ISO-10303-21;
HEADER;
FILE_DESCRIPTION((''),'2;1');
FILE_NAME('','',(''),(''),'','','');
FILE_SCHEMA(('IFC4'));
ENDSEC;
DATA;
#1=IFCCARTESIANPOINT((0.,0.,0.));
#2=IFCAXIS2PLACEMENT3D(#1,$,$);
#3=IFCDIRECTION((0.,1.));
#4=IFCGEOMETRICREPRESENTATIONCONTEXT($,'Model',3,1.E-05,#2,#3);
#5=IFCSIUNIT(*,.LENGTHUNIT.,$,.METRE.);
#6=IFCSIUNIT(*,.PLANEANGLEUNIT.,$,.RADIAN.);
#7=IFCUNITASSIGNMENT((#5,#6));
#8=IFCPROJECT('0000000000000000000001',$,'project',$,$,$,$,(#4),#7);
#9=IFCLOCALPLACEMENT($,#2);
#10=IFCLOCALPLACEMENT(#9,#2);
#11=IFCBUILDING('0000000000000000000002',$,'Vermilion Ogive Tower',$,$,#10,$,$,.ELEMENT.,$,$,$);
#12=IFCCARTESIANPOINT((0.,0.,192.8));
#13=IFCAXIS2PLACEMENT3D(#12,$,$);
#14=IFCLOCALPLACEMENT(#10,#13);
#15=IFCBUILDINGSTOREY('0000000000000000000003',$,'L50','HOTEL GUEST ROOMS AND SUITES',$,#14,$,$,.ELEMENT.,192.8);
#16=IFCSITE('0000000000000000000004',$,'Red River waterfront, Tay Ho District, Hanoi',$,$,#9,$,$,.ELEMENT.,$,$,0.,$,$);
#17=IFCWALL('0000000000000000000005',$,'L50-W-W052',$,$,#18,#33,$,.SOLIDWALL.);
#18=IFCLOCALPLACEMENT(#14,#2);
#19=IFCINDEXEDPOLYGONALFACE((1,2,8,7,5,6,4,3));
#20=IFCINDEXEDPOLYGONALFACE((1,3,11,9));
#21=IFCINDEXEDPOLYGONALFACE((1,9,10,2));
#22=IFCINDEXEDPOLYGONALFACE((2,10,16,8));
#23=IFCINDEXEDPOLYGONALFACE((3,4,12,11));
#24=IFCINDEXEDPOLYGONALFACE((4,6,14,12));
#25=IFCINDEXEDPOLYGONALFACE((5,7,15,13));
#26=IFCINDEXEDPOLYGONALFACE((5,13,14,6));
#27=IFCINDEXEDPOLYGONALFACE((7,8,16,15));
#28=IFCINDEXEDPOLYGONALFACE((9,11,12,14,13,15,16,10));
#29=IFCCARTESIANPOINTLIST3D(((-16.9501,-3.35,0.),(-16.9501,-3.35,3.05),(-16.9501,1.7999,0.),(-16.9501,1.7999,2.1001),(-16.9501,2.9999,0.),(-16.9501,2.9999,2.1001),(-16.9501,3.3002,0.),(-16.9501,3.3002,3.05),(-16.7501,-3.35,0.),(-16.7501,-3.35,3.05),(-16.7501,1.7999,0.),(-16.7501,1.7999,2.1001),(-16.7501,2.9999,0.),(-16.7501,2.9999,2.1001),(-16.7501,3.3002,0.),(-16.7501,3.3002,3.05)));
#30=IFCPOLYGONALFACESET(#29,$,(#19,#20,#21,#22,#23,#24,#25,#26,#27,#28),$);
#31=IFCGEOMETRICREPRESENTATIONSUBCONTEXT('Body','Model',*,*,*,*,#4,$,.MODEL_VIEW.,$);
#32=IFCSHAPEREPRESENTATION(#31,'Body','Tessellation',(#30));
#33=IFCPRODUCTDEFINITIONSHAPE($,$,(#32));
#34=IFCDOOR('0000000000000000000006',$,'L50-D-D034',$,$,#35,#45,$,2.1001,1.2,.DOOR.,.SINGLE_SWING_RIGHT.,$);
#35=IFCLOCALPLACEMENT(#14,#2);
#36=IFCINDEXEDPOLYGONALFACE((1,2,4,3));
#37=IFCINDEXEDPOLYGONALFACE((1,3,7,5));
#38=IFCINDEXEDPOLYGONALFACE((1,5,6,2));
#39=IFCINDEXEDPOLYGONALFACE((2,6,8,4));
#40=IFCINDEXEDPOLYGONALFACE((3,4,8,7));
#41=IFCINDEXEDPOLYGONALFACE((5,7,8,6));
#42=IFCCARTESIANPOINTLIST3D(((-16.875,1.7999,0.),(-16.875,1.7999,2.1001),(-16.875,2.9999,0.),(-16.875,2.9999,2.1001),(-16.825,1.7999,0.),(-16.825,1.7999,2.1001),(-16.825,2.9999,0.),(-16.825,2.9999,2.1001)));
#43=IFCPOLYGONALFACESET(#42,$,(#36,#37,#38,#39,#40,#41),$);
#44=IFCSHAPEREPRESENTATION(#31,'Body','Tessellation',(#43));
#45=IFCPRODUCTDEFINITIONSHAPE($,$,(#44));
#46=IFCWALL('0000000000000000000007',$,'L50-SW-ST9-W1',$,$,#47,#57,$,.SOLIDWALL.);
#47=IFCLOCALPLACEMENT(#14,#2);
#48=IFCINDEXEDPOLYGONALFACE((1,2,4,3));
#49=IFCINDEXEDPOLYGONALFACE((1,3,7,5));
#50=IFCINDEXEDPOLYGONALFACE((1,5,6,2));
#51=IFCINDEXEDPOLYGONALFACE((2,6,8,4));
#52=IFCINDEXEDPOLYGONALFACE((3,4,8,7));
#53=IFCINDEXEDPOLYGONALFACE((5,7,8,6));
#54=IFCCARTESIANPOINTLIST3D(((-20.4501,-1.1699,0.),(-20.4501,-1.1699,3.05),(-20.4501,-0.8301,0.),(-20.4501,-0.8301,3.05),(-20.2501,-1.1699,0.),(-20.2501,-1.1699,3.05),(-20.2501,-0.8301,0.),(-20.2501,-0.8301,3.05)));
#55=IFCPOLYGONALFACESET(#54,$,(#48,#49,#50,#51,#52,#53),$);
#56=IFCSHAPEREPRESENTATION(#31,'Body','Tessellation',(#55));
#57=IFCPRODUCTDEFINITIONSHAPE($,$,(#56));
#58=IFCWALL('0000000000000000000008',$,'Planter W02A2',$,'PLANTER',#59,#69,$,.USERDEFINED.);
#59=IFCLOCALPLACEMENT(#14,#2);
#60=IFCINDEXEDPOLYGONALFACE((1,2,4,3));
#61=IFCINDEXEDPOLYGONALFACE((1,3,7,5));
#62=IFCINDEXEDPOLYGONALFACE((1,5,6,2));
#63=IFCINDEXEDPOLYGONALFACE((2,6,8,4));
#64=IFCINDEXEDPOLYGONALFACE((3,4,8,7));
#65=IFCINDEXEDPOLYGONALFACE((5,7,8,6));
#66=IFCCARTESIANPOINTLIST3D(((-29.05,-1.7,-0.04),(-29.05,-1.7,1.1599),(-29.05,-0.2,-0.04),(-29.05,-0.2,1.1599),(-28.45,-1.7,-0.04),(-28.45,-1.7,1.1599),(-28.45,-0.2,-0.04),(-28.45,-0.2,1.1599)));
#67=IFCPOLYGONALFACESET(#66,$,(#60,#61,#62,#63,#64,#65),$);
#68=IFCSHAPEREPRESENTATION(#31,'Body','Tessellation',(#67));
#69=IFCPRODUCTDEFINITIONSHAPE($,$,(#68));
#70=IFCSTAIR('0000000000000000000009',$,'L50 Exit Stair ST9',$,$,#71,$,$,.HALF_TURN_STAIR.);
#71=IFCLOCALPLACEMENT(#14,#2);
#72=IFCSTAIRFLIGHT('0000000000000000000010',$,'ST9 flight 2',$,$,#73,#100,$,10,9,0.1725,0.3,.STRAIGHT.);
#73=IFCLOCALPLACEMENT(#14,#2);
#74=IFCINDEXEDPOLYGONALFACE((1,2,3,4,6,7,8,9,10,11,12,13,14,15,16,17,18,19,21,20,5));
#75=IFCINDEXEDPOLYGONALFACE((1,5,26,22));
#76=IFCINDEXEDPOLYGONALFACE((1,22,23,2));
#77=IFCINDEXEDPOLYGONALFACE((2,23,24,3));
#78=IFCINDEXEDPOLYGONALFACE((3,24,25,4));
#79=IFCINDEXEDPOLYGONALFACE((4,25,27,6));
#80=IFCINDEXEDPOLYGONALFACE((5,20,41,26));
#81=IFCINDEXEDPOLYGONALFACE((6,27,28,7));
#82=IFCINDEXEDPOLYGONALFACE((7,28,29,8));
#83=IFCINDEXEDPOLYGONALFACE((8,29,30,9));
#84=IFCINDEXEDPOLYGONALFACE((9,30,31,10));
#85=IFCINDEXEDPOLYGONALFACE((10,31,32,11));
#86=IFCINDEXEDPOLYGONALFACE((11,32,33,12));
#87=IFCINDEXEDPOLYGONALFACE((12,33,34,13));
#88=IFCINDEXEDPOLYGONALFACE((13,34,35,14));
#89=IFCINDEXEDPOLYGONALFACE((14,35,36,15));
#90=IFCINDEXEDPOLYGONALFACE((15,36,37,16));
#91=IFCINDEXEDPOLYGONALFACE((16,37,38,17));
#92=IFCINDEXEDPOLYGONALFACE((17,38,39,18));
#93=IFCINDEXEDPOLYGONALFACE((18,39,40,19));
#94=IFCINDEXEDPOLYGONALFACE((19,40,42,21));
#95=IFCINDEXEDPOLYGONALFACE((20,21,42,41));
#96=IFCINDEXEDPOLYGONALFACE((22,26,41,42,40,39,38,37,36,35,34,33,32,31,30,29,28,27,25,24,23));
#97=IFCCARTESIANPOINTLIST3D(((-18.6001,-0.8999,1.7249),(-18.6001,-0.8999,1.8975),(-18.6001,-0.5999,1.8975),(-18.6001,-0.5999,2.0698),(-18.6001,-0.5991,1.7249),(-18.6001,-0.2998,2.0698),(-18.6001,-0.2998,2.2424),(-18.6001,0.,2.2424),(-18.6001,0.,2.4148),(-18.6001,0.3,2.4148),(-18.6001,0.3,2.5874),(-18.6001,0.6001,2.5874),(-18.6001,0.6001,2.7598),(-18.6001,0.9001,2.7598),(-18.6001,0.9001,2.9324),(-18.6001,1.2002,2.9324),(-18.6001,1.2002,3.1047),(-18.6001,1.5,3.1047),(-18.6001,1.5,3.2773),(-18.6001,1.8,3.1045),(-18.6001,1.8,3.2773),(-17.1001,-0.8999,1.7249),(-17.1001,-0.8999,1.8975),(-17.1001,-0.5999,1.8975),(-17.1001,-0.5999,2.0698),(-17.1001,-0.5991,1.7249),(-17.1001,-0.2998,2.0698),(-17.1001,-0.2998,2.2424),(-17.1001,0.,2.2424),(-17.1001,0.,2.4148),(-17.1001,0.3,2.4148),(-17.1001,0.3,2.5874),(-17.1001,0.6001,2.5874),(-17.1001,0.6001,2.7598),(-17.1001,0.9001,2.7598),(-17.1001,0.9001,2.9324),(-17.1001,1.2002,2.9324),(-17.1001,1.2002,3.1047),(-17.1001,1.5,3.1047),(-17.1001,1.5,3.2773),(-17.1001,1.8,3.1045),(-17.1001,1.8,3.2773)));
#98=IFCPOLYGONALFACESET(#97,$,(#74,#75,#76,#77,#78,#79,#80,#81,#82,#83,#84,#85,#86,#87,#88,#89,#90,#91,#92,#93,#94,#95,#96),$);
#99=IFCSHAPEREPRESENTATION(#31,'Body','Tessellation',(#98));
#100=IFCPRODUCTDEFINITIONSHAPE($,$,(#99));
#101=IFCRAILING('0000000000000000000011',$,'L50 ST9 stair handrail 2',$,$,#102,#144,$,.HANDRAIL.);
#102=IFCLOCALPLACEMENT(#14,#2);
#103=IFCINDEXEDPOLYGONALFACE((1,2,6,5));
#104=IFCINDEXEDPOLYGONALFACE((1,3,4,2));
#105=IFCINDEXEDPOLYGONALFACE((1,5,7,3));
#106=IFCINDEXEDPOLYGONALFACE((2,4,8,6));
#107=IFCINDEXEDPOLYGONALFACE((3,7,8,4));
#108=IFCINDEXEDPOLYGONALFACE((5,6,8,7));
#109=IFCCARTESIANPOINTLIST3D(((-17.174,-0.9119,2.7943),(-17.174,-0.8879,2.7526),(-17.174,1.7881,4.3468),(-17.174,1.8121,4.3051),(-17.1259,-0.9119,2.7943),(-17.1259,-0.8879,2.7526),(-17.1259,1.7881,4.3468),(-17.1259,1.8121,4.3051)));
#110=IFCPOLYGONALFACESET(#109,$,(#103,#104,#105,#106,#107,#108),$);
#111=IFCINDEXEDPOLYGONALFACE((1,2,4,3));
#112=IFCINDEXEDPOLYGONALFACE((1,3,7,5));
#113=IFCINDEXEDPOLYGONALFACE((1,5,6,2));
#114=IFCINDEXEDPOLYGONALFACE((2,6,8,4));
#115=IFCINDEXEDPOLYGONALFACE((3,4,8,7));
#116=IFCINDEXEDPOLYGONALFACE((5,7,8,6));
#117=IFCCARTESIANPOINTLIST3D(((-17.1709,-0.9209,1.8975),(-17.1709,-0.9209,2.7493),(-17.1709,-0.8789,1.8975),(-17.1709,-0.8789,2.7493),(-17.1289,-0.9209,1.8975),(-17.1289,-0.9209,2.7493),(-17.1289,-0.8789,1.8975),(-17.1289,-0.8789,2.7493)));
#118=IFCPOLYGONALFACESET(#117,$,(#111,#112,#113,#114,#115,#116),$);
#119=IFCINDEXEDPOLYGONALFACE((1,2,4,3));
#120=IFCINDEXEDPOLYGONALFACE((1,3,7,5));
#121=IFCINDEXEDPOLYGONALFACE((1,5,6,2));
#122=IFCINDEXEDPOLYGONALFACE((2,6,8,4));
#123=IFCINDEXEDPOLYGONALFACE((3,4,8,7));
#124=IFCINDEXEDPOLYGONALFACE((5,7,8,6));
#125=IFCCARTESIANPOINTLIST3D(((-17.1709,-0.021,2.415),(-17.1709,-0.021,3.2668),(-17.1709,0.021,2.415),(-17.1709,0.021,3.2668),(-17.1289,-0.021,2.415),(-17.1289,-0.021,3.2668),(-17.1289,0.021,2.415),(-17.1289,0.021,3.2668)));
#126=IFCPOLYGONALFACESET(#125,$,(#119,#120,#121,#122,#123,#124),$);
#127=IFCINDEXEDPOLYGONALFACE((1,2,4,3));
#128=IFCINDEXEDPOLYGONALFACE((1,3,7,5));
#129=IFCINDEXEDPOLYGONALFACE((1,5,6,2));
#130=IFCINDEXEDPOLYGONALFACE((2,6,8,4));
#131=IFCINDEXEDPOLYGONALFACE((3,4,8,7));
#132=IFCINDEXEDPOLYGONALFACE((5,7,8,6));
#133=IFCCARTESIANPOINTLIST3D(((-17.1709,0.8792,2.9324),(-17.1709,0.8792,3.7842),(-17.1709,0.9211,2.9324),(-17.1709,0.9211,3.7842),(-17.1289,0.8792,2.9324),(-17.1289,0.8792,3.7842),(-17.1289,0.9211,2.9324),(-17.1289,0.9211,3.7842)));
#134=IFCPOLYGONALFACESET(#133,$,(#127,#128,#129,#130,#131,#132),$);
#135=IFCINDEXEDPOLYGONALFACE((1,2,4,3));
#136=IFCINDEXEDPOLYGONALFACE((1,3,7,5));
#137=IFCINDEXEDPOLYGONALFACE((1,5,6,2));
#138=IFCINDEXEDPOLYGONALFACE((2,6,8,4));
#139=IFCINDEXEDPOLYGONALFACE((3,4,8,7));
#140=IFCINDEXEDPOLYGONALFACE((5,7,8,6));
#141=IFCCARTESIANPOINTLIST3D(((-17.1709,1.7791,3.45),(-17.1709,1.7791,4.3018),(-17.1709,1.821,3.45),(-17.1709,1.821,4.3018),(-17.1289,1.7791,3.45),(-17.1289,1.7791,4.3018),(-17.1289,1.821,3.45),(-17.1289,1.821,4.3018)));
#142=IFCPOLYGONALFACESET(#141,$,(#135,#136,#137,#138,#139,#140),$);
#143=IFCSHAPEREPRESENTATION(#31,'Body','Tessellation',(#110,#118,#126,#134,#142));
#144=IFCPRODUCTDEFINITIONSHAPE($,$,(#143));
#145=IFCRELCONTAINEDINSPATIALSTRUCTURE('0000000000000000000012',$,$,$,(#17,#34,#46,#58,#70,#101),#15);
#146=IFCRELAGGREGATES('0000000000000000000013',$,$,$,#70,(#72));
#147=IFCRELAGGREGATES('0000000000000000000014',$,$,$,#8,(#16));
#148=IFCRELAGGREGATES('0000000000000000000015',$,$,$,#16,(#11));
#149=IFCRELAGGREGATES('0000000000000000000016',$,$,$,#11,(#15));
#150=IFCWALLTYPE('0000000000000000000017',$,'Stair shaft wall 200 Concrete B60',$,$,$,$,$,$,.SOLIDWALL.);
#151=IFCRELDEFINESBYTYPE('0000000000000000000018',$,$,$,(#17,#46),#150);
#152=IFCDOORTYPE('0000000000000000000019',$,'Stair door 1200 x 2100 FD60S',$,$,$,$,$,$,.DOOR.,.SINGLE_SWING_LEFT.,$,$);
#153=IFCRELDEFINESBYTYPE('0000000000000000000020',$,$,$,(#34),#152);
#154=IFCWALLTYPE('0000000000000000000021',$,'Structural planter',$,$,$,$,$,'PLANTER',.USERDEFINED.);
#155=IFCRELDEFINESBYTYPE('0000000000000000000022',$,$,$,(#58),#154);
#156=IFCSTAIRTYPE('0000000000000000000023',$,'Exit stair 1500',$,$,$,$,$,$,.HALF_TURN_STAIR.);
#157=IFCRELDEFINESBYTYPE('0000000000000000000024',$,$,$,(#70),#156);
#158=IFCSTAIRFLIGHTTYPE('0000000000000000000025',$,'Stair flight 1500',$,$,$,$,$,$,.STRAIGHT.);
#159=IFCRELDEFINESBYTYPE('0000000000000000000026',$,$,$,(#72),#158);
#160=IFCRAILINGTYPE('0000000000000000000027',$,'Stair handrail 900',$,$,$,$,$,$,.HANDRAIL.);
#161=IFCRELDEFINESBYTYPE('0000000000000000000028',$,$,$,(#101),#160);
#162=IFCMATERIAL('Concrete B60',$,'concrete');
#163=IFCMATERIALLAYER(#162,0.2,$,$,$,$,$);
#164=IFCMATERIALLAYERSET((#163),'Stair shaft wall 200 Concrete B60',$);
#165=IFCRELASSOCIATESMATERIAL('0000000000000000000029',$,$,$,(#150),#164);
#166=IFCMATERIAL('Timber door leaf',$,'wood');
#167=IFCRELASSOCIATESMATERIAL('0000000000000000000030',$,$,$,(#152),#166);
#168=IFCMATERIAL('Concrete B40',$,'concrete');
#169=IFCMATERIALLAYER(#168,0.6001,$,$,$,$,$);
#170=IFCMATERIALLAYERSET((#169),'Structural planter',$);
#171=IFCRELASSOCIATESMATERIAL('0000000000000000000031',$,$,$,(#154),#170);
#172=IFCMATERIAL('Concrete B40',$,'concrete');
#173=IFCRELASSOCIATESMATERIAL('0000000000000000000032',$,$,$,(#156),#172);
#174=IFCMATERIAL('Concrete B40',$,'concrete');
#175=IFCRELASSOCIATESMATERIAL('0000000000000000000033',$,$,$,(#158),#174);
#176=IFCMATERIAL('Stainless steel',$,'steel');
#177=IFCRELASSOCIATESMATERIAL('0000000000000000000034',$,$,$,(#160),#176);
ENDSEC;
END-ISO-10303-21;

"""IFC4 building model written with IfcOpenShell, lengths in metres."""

from ifc_helpers import new_model, si_unit, direction, frame, frame_2d, origin, origin_2d, place, context, subcontext, project, spatial, polyline, rectangle, outline, extrude, material, layer, layer_set, type_object, element, fill, aggregate, save


model = new_model("IFC4")

# Units and contexts
model_context = context("Model", 3, precision=1e-05, world=origin(), true_north=direction((0.0, 1.0)))
body_context = subcontext(model_context, "Body", "Model", "MODEL_VIEW")
ifc_project = project(units=[si_unit("LENGTHUNIT", "METRE"), si_unit("PLANEANGLEUNIT", "RADIAN")], contexts=[model_context])

# Site, building, storey
site_placement = place(None, origin())
site = spatial("IfcSite", under=ifc_project, at=site_placement, Name="Red River waterfront, Tay Ho District, Hanoi", CompositionType="ELEMENT", RefElevation=0.0)
building_placement = place(site_placement, origin())
building = spatial("IfcBuilding", under=site, at=building_placement, Name="Vermilion Ogive Tower", CompositionType="ELEMENT")
storey_placement = place(building_placement, frame((0.0, 0.0, 192.8)))
storey = spatial("IfcBuildingStorey", under=building, at=storey_placement, Name="L50", Description="HOTEL GUEST ROOMS AND SUITES", CompositionType="ELEMENT", Elevation=192.8)

# Shared definitions
ifc_material_1 = material(Name="Concrete B60", Category="concrete")
ifc_layer_1 = layer(ifc_material_1, 0.2)
ifc_layer_set_1 = layer_set([ifc_layer_1], Name="Stair shaft wall 200 Concrete B60")
wall_type_1 = type_object("IfcWallType", Name="Stair shaft wall 200 Concrete B60", PredefinedType="SOLIDWALL", material=ifc_layer_set_1)

# Wall, opening, door
wall_1_placement = place(storey_placement, frame((-16.8501, -3.3501, 0.0), z_axis=(0.0, 0.0, 1.0), x_axis=(0.0, 1.0, 0.0)))
wall_1 = element("IfcWall", 1, at=wall_1_placement, inside=storey, type_object=wall_type_1, Name="L50-W-W052", PredefinedType="SOLIDWALL", context=body_context, shape_type="SweptSolid", body=[
    extrude(rectangle(XDim=6.6501, YDim=0.2, at=frame_2d((3.3252, 0.0))), origin(), (0.0, 0.0, 1.0), 3.05),
])
opening_1_placement = place(wall_1_placement, frame((5.1499, 0.0, 0.0)))
opening_1 = element("IfcOpeningElement", 2, at=opening_1_placement, cuts=wall_1, PredefinedType="OPENING", context=body_context, shape_type="SweptSolid", body=[
    extrude(rectangle(XDim=1.2, YDim=2.1001, at=frame_2d((0.6001, 1.05))), frame((0.0, 0.1099, 0.0), z_axis=(0.0, -1.0, 0.0), x_axis=(1.0, 0.0, 0.0)), (0.0, 0.0, 1.0), 0.22),
])
ifc_material_2 = material(Name="Timber door leaf", Category="wood")
door_type_1 = type_object("IfcDoorType", Name="Stair door 1200 x 2100 FD60S", OperationType="SINGLE_SWING_LEFT", PredefinedType="DOOR", material=ifc_material_2)
door_1_placement = place(opening_1_placement, origin())
door_1 = element("IfcDoor", 3, at=door_1_placement, inside=storey, type_object=door_type_1, Name="L50-D-D034", OperationType="SINGLE_SWING_RIGHT", OverallHeight=2.1001, OverallWidth=1.2, PredefinedType="DOOR", context=body_context, shape_type="SweptSolid", body=[
    extrude(rectangle(XDim=1.2, YDim=2.1001, at=frame_2d((0.6001, 1.05))), frame((0.0, 0.0249, 0.0), z_axis=(0.0, -1.0, 0.0), x_axis=(1.0, 0.0, 0.0)), (0.0, 0.0, 1.0), 0.05),
])
fill(opening_1, door_1)

# Walls
wall_2_placement = place(storey_placement, frame((-20.3501, -1.1699, 0.0), z_axis=(0.0, 0.0, 1.0), x_axis=(0.0, 1.0, 0.0)))
element("IfcWall", 4, at=wall_2_placement, inside=storey, type_object=wall_type_1, Name="L50-SW-ST9-W1", PredefinedType="SOLIDWALL", context=body_context, shape_type="SweptSolid", body=[
    extrude(rectangle(XDim=0.3398, YDim=0.2, at=frame_2d((0.1699, 0.0))), origin(), (0.0, 0.0, 1.0), 3.05),
])
ifc_material_3 = material(Name="Concrete B40", Category="concrete")
ifc_layer_2 = layer(ifc_material_3, 0.6001)
ifc_layer_set_2 = layer_set([ifc_layer_2], Name="Structural planter")
wall_type_2 = type_object("IfcWallType", Name="Structural planter", ElementType="PLANTER", PredefinedType="USERDEFINED", material=ifc_layer_set_2)
wall_3_placement = place(storey_placement, frame((-28.75, -0.2, -0.04), z_axis=(0.0, 0.0, 1.0), x_axis=(0.0, -1.0, 0.0)))
element("IfcWall", 5, at=wall_3_placement, inside=storey, type_object=wall_type_2, Name="Planter W02A2", ObjectType="PLANTER", PredefinedType="USERDEFINED", context=body_context, shape_type="SweptSolid", body=[
    extrude(rectangle(XDim=1.5, YDim=0.6001, at=frame_2d((0.75, 0.0))), origin(), (0.0, 0.0, 1.0), 1.2),
])

# Stair, stair flight
ifc_material_4 = material(Name="Concrete B40", Category="concrete")
stair_type = type_object("IfcStairType", Name="Exit stair 1500", PredefinedType="HALF_TURN_STAIR", material=ifc_material_4)
stair_placement = place(storey_placement, origin())
stair = element("IfcStair", 6, at=stair_placement, inside=storey, type_object=stair_type, Name="L50 Exit Stair ST9", PredefinedType="HALF_TURN_STAIR")
ifc_material_5 = material(Name="Concrete B40", Category="concrete")
stair_flight_type = type_object("IfcStairFlightType", Name="Stair flight 1500", PredefinedType="STRAIGHT", material=ifc_material_5)
stair_flight_placement = place(storey_placement, frame((-17.8501, -0.8999, 1.7249), z_axis=(0.0, 0.0, 1.0), x_axis=(0.0, 1.0, 0.0)))
stair_flight = element("IfcStairFlight", 7, at=stair_flight_placement, type_object=stair_flight_type, Name="ST9 flight 2", NumberOfRisers=10, NumberOfTreads=9, PredefinedType="STRAIGHT", RiserHeight=0.1725, TreadLength=0.3, context=body_context, shape_type="SweptSolid", body=[
    extrude(outline(polyline([(0.0, 0.0), (0.0, 0.1726), (0.3, 0.1726), (0.3, 0.345), (0.6001, 0.345), (0.6001, 0.5176), (0.8999, 0.5176), (0.8999, 0.6899), (1.2, 0.6899), (1.2, 0.8625), (1.5, 0.8625), (1.5, 1.0349), (1.8, 1.0349), (1.8, 1.2075), (2.1001, 1.2075), (2.1001, 1.3799), (2.3999, 1.3799), (2.3999, 1.5525), (2.7, 1.5525), (2.7, 1.7251), (2.7, 1.3796), (0.3008, 0.0), (0.0, 0.0)])), frame((0.0, 0.75, 0.0), z_axis=(0.0, -1.0, 0.0), x_axis=(1.0, 0.0, 0.0)), (0.0, 0.0, 1.0), 1.5),
])
aggregate(stair, [stair_flight])

# Railing
ifc_material_6 = material(Name="Stainless steel", Category="steel")
railing_type = type_object("IfcRailingType", Name="Stair handrail 900", PredefinedType="HANDRAIL", material=ifc_material_6)
railing_placement = place(storey_placement, frame((-17.1499, -0.8999, 1.8975)))
element("IfcRailing", 8, at=railing_placement, inside=storey, type_object=railing_type, Name="L50 ST9 stair handrail 2", PredefinedType="HANDRAIL", context=body_context, shape_type="SweptSolid", body=[
    extrude(rectangle(XDim=0.0481, YDim=0.0481, at=origin_2d()), frame((0.0, 0.0, 0.876), z_axis=(0.0, 0.866904, 0.498476), x_axis=(-1.0, 0.0, 0.0)), (0.0, 0.0, 1.0), 3.1145),
    extrude(rectangle(XDim=0.042, YDim=0.042, at=origin_2d()), origin(), (0.0, 0.0, 1.0), 0.8518),
    extrude(rectangle(XDim=0.042, YDim=0.042, at=origin_2d()), frame((0.0, 0.8999, 0.5176)), (0.0, 0.0, 1.0), 0.8518),
    extrude(rectangle(XDim=0.042, YDim=0.042, at=origin_2d()), frame((0.0, 1.8, 1.0349)), (0.0, 0.0, 1.0), 0.8518),
    extrude(rectangle(XDim=0.042, YDim=0.042, at=origin_2d()), frame((0.0, 2.7, 1.5525)), (0.0, 0.0, 1.0), 0.8518),
])

save(model, "model.ifc")
